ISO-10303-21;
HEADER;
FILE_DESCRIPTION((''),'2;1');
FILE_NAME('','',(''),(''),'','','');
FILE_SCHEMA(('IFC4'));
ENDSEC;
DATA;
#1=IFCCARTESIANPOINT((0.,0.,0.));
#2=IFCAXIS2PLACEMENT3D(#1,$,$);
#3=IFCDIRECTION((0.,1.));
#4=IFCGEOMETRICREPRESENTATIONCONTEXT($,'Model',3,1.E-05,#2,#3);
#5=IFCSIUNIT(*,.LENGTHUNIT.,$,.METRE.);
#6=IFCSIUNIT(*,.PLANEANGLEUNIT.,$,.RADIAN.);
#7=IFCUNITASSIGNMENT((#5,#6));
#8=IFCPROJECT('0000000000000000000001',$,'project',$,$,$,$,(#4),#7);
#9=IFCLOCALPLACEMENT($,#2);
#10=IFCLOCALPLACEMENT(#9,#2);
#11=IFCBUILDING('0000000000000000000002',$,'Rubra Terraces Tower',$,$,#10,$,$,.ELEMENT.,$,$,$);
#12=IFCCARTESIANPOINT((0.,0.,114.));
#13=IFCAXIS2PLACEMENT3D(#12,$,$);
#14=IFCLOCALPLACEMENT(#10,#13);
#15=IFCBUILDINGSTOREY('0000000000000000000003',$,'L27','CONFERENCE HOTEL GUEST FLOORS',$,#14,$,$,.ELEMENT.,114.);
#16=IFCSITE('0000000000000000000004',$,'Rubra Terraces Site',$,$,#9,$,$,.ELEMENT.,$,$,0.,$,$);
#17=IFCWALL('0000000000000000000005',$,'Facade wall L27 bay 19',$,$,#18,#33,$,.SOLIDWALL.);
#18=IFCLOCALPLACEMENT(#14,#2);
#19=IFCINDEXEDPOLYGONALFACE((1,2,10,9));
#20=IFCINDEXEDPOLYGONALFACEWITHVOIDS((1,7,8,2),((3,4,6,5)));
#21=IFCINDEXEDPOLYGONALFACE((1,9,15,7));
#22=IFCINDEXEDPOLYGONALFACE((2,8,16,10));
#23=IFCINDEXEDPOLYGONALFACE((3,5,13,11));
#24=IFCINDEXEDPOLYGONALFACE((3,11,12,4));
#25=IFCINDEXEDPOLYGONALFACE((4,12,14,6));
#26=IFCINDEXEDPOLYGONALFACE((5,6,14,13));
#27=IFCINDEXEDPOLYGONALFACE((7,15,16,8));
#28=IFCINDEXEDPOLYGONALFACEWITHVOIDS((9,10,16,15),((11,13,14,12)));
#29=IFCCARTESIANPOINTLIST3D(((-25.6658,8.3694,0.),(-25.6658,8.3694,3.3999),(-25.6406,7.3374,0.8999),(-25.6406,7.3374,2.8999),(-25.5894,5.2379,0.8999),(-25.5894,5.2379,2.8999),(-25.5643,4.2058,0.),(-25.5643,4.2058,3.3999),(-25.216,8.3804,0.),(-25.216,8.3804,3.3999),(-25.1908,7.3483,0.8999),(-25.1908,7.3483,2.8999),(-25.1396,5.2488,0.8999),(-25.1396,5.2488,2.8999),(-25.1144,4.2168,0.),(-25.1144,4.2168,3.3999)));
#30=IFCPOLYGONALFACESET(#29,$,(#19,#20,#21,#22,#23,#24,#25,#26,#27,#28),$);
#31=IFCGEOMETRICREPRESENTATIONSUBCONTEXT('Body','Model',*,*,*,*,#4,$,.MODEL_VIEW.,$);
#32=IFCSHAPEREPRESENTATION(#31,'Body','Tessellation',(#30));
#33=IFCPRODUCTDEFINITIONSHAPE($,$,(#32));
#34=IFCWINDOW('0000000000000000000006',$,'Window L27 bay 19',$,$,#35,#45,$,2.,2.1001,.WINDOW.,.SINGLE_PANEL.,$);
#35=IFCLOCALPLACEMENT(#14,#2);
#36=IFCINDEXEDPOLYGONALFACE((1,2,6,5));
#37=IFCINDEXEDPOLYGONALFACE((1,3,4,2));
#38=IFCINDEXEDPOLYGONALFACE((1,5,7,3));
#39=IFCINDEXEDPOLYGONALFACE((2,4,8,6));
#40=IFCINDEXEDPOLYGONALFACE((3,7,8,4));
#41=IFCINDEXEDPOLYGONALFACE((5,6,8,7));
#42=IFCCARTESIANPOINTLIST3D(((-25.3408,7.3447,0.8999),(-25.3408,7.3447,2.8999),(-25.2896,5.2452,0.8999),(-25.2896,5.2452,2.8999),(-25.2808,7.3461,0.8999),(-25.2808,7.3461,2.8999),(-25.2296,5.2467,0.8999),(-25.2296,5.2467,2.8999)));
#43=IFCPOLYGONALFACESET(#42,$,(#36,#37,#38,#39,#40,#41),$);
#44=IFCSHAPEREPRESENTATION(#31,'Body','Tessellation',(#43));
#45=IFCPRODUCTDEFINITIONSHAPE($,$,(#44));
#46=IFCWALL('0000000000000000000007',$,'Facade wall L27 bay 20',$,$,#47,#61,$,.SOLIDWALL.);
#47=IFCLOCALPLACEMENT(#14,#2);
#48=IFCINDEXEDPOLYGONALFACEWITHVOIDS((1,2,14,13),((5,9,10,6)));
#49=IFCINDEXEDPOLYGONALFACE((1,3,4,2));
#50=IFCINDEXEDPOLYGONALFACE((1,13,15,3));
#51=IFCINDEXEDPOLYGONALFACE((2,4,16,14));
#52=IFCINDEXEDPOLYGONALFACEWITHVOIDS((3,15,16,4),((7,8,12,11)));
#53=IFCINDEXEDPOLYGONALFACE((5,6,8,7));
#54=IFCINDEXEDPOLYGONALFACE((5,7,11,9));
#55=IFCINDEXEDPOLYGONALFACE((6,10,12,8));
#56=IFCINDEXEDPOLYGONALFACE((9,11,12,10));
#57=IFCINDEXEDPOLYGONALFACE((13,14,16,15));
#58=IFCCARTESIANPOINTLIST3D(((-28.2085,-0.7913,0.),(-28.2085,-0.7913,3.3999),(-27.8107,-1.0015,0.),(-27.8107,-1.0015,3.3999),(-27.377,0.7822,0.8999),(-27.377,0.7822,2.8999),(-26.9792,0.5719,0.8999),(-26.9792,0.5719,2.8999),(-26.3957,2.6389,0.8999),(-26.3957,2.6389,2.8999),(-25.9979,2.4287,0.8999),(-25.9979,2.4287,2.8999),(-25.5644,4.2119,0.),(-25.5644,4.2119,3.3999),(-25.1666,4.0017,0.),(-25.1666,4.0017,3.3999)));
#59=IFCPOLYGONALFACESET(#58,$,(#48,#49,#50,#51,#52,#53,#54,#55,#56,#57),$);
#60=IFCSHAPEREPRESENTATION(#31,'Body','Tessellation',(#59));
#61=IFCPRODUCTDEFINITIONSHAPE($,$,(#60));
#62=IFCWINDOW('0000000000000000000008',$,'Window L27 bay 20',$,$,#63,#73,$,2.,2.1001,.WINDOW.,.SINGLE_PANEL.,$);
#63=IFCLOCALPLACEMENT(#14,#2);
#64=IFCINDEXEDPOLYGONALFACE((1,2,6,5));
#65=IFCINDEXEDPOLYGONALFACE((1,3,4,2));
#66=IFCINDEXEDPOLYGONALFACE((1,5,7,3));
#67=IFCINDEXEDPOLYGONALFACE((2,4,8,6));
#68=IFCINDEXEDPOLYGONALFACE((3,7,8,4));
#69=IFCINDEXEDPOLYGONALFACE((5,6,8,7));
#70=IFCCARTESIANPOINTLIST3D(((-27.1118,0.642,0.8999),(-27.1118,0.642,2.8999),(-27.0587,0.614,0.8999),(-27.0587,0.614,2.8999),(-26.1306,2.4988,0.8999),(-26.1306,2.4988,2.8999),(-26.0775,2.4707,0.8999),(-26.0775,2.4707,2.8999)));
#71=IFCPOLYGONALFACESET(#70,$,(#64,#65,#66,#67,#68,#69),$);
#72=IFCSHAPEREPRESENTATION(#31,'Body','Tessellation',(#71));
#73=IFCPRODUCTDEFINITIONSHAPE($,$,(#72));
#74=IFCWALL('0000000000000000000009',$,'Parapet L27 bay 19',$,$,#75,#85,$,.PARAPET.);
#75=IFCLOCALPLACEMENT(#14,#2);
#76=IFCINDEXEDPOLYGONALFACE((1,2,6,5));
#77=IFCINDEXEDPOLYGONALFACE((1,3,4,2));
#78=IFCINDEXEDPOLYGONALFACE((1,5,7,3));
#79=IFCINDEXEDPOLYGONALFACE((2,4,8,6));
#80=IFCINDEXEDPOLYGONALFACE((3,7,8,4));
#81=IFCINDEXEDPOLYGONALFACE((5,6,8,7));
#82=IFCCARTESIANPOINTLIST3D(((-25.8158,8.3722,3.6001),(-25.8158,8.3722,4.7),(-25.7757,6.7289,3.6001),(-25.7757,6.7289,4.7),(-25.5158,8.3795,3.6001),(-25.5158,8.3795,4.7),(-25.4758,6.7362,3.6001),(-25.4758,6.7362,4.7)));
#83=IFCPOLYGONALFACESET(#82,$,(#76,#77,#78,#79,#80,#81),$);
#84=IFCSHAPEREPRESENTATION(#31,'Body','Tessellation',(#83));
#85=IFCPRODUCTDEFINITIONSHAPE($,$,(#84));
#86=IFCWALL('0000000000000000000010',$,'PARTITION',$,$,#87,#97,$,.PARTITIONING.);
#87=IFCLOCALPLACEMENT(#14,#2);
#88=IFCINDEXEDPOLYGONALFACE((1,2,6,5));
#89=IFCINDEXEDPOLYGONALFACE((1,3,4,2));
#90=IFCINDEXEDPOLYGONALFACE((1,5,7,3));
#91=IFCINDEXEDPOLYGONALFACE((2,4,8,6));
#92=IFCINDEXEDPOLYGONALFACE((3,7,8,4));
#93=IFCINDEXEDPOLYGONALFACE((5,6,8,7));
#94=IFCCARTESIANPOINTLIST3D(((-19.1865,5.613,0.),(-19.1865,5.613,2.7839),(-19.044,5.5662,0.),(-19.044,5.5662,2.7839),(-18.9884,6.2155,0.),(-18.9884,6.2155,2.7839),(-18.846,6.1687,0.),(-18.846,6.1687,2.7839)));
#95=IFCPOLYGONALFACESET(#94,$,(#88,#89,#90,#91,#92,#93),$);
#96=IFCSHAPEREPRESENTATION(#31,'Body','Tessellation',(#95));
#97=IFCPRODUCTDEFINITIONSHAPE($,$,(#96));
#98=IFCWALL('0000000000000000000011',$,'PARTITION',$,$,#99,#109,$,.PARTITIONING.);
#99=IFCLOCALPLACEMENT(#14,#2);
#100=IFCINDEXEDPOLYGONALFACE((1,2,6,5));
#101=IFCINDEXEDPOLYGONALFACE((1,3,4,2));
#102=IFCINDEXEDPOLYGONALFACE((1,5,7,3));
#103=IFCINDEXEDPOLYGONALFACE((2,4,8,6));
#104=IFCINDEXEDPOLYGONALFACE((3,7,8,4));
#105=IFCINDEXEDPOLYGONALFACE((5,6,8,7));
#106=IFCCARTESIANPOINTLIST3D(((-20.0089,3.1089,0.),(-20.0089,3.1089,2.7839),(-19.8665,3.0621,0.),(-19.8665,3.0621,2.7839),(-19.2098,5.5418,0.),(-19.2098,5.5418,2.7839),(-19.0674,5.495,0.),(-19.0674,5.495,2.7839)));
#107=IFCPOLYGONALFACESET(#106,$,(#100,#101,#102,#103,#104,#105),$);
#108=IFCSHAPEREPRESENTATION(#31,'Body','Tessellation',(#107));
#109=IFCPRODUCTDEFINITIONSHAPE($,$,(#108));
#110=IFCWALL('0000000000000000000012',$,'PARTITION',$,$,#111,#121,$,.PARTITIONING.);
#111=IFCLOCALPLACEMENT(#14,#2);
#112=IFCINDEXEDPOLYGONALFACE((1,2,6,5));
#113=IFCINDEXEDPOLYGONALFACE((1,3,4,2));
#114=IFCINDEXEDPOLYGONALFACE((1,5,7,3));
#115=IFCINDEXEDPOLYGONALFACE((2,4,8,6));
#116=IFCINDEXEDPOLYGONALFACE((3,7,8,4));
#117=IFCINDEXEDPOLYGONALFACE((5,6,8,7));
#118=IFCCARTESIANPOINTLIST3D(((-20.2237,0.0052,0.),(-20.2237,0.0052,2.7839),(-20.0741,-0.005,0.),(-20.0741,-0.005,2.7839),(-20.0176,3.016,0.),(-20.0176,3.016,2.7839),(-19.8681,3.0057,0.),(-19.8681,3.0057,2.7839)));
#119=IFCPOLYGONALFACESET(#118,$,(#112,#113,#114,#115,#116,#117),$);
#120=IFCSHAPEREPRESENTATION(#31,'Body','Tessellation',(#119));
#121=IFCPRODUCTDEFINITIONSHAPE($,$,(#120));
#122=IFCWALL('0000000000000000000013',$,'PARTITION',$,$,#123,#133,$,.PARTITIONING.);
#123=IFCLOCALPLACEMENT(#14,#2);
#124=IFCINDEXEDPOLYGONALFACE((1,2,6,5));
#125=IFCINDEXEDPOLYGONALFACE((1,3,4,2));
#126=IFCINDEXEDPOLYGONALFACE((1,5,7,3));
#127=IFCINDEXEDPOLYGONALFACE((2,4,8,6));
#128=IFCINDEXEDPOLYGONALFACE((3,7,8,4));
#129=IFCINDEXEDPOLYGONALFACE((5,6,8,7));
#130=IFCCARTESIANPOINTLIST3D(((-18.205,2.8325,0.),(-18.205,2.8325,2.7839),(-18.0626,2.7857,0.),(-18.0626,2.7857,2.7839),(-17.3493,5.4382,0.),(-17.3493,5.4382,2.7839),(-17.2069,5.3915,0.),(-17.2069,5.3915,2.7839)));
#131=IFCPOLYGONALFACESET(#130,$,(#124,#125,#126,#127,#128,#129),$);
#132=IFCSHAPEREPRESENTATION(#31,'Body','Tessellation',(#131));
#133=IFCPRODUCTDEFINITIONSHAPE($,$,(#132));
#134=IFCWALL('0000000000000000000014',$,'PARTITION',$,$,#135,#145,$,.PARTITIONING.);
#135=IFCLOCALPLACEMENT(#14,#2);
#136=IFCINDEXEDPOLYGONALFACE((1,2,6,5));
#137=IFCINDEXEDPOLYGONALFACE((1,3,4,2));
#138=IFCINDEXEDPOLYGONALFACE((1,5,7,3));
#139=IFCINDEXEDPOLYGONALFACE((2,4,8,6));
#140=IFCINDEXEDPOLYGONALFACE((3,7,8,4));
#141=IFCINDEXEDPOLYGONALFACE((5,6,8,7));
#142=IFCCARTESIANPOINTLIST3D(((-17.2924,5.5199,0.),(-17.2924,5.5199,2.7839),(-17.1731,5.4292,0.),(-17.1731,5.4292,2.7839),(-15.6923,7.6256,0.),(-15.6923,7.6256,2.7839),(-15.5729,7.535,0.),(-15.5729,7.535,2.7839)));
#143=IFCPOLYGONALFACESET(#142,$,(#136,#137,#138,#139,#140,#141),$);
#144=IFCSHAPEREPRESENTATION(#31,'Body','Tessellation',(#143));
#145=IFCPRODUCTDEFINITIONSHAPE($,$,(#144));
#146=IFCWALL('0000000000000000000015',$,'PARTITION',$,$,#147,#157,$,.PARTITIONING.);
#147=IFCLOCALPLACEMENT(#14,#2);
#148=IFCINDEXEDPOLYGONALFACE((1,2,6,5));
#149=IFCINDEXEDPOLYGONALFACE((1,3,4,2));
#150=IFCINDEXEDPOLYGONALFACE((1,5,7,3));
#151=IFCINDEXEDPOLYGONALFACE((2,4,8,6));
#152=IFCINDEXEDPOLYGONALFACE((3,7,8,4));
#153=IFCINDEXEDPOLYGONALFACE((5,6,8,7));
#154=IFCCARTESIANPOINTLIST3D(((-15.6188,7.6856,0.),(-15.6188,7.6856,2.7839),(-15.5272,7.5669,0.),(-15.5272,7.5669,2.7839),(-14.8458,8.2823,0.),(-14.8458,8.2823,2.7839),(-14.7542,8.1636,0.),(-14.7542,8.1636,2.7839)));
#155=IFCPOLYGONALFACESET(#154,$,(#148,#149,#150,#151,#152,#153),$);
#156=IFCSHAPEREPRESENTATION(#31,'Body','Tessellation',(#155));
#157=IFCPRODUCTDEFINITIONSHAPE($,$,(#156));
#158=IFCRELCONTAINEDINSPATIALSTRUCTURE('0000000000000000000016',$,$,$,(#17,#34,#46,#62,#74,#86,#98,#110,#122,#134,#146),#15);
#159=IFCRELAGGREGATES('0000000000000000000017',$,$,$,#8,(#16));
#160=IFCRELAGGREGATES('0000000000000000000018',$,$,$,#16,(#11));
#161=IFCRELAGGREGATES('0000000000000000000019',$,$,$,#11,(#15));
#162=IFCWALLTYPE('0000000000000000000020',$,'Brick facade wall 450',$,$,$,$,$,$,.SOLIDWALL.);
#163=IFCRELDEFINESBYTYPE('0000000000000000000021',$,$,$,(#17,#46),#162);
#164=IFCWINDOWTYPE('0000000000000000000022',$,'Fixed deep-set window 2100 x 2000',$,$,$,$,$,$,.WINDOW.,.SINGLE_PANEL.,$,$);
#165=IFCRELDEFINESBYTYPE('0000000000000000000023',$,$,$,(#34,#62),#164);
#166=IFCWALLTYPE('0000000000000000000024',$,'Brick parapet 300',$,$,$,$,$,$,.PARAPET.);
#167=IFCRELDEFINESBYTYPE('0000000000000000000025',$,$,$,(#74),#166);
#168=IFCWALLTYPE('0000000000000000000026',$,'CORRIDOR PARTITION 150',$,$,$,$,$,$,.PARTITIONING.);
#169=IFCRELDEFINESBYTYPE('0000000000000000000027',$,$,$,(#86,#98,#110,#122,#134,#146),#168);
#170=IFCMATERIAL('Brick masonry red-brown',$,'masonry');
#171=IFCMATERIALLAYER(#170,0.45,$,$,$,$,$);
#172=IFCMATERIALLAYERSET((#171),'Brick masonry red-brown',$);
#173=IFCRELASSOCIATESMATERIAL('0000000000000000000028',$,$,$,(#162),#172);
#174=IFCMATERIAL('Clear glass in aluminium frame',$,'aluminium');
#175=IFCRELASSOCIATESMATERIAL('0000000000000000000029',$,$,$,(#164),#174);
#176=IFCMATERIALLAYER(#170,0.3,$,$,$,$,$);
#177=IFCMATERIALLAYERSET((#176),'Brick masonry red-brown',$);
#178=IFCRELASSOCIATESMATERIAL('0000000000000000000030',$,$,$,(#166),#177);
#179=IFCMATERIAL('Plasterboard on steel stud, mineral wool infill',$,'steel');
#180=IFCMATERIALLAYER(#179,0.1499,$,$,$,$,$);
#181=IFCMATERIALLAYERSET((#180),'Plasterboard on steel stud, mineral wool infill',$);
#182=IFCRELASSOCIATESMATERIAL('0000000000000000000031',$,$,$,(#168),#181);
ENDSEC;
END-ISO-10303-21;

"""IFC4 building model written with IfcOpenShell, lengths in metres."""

from ifc_helpers import new_model, si_unit, direction, frame, frame_2d, origin, place, context, subcontext, project, spatial, rectangle, extrude, material, layer, layer_set, type_object, element, fill, save


model = new_model("IFC4")

# Units and contexts
model_context = context("Model", 3, precision=1e-05, world=origin(), true_north=direction((0.0, 1.0)))
body_context = subcontext(model_context, "Body", "Model", "MODEL_VIEW")
ifc_project = project(units=[si_unit("LENGTHUNIT", "METRE"), si_unit("PLANEANGLEUNIT", "RADIAN")], contexts=[model_context])

# Site, building, storey
site_placement = place(None, origin())
site = spatial("IfcSite", under=ifc_project, at=site_placement, Name="Rubra Terraces Site", CompositionType="ELEMENT", RefElevation=0.0)
building_placement = place(site_placement, origin())
building = spatial("IfcBuilding", under=site, at=building_placement, Name="Rubra Terraces Tower", CompositionType="ELEMENT")
storey_placement = place(building_placement, frame((0.0, 0.0, 114.0)))
storey = spatial("IfcBuildingStorey", under=building, at=storey_placement, Name="L27", Description="CONFERENCE HOTEL GUEST FLOORS", CompositionType="ELEMENT", Elevation=114.0)

# Walls, openings, windows
ifc_material_1 = material(Name="Brick masonry red-brown", Category="masonry")
ifc_layer_1 = layer(ifc_material_1, 0.45)
ifc_layer_set_1 = layer_set([ifc_layer_1], Name="Brick masonry red-brown")
wall_type_1 = type_object("IfcWallType", Name="Brick facade wall 450", PredefinedType="SOLIDWALL", material=ifc_layer_set_1)
wall_1_placement = place(storey_placement, frame((-25.4409, 8.375, 0.0), z_axis=(0.0, 0.0, 1.0), x_axis=(0.024386, -0.999703, 0.0)))
wall_1 = element("IfcWall", 1, at=wall_1_placement, inside=storey, type_object=wall_type_1, Name="Facade wall L27 bay 19", PredefinedType="SOLIDWALL", context=body_context, shape_type="SweptSolid", body=[
    extrude(rectangle(XDim=4.1648, YDim=0.45, at=frame_2d((2.0825, 0.0))), origin(), (0.0, 0.0, 1.0), 3.3999),
])
opening_1_placement = place(wall_1_placement, frame((1.0325, 0.0, 0.8999)))
opening_1 = element("IfcOpeningElement", 2, at=opening_1_placement, cuts=wall_1, PredefinedType="OPENING", context=body_context, shape_type="SweptSolid", body=[
    extrude(rectangle(XDim=2.1001, YDim=2.0, at=frame_2d((1.05, 1.0))), frame((0.0, 0.2349, 0.0), z_axis=(0.0, -1.0, 0.0), x_axis=(1.0, 0.0, 0.0)), (0.0, 0.0, 1.0), 0.47),
])
ifc_material_2 = material(Name="Clear glass in aluminium frame", Category="aluminium")
window_type = type_object("IfcWindowType", Name="Fixed deep-set window 2100 x 2000", PartitioningType="SINGLE_PANEL", PredefinedType="WINDOW", material=ifc_material_2)
window_1_placement = place(opening_1_placement, origin())
window_1 = element("IfcWindow", 3, at=window_1_placement, inside=storey, type_object=window_type, Name="Window L27 bay 19", OverallHeight=2.0, OverallWidth=2.1001, PartitioningType="SINGLE_PANEL", PredefinedType="WINDOW", context=body_context, shape_type="SweptSolid", body=[
    extrude(rectangle(XDim=2.1001, YDim=2.0, at=frame_2d((1.05, 1.0))), frame((0.0, 0.135, 0.0), z_axis=(0.0, -1.0, 0.0), x_axis=(1.0, 0.0, 0.0)), (0.0, 0.0, 1.0), 0.0601),
])
fill(opening_1, window_1)
wall_2_placement = place(storey_placement, frame((-25.3655, 4.1069, 0.0), z_axis=(0.0, 0.0, 1.0), x_axis=(-0.467239, -0.884131, 0.0)))
wall_2 = element("IfcWall", 4, at=wall_2_placement, inside=storey, type_object=wall_type_1, Name="Facade wall L27 bay 20", PredefinedType="SOLIDWALL", context=body_context, shape_type="SweptSolid", body=[
    extrude(rectangle(XDim=5.6589, YDim=0.45, at=frame_2d((2.8296, 0.0))), origin(), (0.0, 0.0, 1.0), 3.3999),
])
opening_2_placement = place(wall_2_placement, frame((1.7793, 0.0, 0.8999)))
opening_2 = element("IfcOpeningElement", 5, at=opening_2_placement, cuts=wall_2, PredefinedType="OPENING", context=body_context, shape_type="SweptSolid", body=[
    extrude(rectangle(XDim=2.1001, YDim=2.0, at=frame_2d((1.05, 1.0))), frame((0.0, 0.2349, 0.0), z_axis=(0.0, -1.0, 0.0), x_axis=(1.0, 0.0, 0.0)), (0.0, 0.0, 1.0), 0.47),
])
window_2_placement = place(opening_2_placement, origin())
window_2 = element("IfcWindow", 6, at=window_2_placement, inside=storey, type_object=window_type, Name="Window L27 bay 20", OverallHeight=2.0, OverallWidth=2.1001, PartitioningType="SINGLE_PANEL", PredefinedType="WINDOW", context=body_context, shape_type="SweptSolid", body=[
    extrude(rectangle(XDim=2.1001, YDim=2.0, at=frame_2d((1.05, 1.0))), frame((0.0, 0.135, 0.0), z_axis=(0.0, -1.0, 0.0), x_axis=(1.0, 0.0, 0.0)), (0.0, 0.0, 1.0), 0.0601),
])
fill(opening_2, window_2)

# Walls
ifc_layer_2 = layer(ifc_material_1, 0.3)
ifc_layer_set_2 = layer_set([ifc_layer_2], Name="Brick masonry red-brown")
wall_type_2 = type_object("IfcWallType", Name="Brick parapet 300", PredefinedType="PARAPET", material=ifc_layer_set_2)
wall_3_placement = place(storey_placement, frame((-25.6658, 8.3757, 3.6001), z_axis=(0.0, 0.0, 1.0), x_axis=(0.024358, -0.999703, 0.0)))
element("IfcWall", 7, at=wall_3_placement, inside=storey, type_object=wall_type_2, Name="Parapet L27 bay 19", PredefinedType="PARAPET", context=body_context, shape_type="SweptSolid", body=[
    extrude(rectangle(XDim=1.6438, YDim=0.3, at=frame_2d((0.8218, 0.0))), origin(), (0.0, 0.0, 1.0), 1.0999),
])
ifc_material_3 = material(Name="Plasterboard on steel stud, mineral wool infill", Category="steel")
ifc_layer_3 = layer(ifc_material_3, 0.1499)
ifc_layer_set_3 = layer_set([ifc_layer_3], Name="Plasterboard on steel stud, mineral wool infill")
wall_type_3 = type_object("IfcWallType", Name="CORRIDOR PARTITION 150", PredefinedType="PARTITIONING", material=ifc_layer_set_3)
wall_4_placement = place(storey_placement, frame((-18.9172, 6.1921, 0.0), z_axis=(0.0, 0.0, 1.0), x_axis=(-0.312183, -0.950022, 0.0)))
element("IfcWall", 8, at=wall_4_placement, inside=storey, type_object=wall_type_3, Name="PARTITION", PredefinedType="PARTITIONING", context=body_context, shape_type="SweptSolid", body=[
    extrude(rectangle(XDim=0.6343, YDim=0.1499, at=frame_2d((0.3171, 0.0))), origin(), (0.0, 0.0, 1.0), 2.7839),
])
wall_5_placement = place(storey_placement, frame((-19.1387, 5.5183, 0.0), z_axis=(0.0, 0.0, 1.0), x_axis=(-0.312049, -0.950066, 0.0)))
element("IfcWall", 9, at=wall_5_placement, inside=storey, type_object=wall_type_3, Name="PARTITION", PredefinedType="PARTITIONING", context=body_context, shape_type="SweptSolid", body=[
    extrude(rectangle(XDim=2.5608, YDim=0.1499, at=frame_2d((1.2803, 0.0))), origin(), (0.0, 0.0, 1.0), 2.7839),
])
wall_6_placement = place(storey_placement, frame((-19.9429, 3.0107, 0.0), z_axis=(0.0, 0.0, 1.0), x_axis=(-0.06828, -0.997666, 0.0)))
element("IfcWall", 10, at=wall_6_placement, inside=storey, type_object=wall_type_3, Name="PARTITION", PredefinedType="PARTITIONING", context=body_context, shape_type="SweptSolid", body=[
    extrude(rectangle(XDim=3.0178, YDim=0.1499, at=frame_2d((1.5088, 0.0))), origin(), (0.0, 0.0, 1.0), 2.7839),
])
wall_7_placement = place(storey_placement, frame((-18.1338, 2.8091, 0.0), z_axis=(0.0, 0.0, 1.0), x_axis=(0.312005, 0.95008, 0.0)))
element("IfcWall", 11, at=wall_7_placement, inside=storey, type_object=wall_type_3, Name="PARTITION", PredefinedType="PARTITIONING", context=body_context, shape_type="SweptSolid", body=[
    extrude(rectangle(XDim=2.7427, YDim=0.1499, at=frame_2d((1.3713, 0.0))), origin(), (0.0, 0.0, 1.0), 2.7839),
])
wall_8_placement = place(storey_placement, frame((-17.2327, 5.4746, 0.0), z_axis=(0.0, 0.0, 1.0), x_axis=(0.605025, 0.796207, 0.0)))
element("IfcWall", 12, at=wall_8_placement, inside=storey, type_object=wall_type_3, Name="PARTITION", PredefinedType="PARTITIONING", context=body_context, shape_type="SweptSolid", body=[
    extrude(rectangle(XDim=2.6448, YDim=0.1499, at=frame_2d((1.3223, 0.0))), origin(), (0.0, 0.0, 1.0), 2.7839),
])
wall_9_placement = place(storey_placement, frame((-15.573, 7.6262, 0.0), z_axis=(0.0, 0.0, 1.0), x_axis=(0.791582, 0.611063, 0.0)))
element("IfcWall", 13, at=wall_9_placement, inside=storey, type_object=wall_type_3, Name="PARTITION", PredefinedType="PARTITIONING", context=body_context, shape_type="SweptSolid", body=[
    extrude(rectangle(XDim=0.9766, YDim=0.1499, at=frame_2d((0.4883, 0.0))), origin(), (0.0, 0.0, 1.0), 2.7839),
])

save(model, "model.ifc")
